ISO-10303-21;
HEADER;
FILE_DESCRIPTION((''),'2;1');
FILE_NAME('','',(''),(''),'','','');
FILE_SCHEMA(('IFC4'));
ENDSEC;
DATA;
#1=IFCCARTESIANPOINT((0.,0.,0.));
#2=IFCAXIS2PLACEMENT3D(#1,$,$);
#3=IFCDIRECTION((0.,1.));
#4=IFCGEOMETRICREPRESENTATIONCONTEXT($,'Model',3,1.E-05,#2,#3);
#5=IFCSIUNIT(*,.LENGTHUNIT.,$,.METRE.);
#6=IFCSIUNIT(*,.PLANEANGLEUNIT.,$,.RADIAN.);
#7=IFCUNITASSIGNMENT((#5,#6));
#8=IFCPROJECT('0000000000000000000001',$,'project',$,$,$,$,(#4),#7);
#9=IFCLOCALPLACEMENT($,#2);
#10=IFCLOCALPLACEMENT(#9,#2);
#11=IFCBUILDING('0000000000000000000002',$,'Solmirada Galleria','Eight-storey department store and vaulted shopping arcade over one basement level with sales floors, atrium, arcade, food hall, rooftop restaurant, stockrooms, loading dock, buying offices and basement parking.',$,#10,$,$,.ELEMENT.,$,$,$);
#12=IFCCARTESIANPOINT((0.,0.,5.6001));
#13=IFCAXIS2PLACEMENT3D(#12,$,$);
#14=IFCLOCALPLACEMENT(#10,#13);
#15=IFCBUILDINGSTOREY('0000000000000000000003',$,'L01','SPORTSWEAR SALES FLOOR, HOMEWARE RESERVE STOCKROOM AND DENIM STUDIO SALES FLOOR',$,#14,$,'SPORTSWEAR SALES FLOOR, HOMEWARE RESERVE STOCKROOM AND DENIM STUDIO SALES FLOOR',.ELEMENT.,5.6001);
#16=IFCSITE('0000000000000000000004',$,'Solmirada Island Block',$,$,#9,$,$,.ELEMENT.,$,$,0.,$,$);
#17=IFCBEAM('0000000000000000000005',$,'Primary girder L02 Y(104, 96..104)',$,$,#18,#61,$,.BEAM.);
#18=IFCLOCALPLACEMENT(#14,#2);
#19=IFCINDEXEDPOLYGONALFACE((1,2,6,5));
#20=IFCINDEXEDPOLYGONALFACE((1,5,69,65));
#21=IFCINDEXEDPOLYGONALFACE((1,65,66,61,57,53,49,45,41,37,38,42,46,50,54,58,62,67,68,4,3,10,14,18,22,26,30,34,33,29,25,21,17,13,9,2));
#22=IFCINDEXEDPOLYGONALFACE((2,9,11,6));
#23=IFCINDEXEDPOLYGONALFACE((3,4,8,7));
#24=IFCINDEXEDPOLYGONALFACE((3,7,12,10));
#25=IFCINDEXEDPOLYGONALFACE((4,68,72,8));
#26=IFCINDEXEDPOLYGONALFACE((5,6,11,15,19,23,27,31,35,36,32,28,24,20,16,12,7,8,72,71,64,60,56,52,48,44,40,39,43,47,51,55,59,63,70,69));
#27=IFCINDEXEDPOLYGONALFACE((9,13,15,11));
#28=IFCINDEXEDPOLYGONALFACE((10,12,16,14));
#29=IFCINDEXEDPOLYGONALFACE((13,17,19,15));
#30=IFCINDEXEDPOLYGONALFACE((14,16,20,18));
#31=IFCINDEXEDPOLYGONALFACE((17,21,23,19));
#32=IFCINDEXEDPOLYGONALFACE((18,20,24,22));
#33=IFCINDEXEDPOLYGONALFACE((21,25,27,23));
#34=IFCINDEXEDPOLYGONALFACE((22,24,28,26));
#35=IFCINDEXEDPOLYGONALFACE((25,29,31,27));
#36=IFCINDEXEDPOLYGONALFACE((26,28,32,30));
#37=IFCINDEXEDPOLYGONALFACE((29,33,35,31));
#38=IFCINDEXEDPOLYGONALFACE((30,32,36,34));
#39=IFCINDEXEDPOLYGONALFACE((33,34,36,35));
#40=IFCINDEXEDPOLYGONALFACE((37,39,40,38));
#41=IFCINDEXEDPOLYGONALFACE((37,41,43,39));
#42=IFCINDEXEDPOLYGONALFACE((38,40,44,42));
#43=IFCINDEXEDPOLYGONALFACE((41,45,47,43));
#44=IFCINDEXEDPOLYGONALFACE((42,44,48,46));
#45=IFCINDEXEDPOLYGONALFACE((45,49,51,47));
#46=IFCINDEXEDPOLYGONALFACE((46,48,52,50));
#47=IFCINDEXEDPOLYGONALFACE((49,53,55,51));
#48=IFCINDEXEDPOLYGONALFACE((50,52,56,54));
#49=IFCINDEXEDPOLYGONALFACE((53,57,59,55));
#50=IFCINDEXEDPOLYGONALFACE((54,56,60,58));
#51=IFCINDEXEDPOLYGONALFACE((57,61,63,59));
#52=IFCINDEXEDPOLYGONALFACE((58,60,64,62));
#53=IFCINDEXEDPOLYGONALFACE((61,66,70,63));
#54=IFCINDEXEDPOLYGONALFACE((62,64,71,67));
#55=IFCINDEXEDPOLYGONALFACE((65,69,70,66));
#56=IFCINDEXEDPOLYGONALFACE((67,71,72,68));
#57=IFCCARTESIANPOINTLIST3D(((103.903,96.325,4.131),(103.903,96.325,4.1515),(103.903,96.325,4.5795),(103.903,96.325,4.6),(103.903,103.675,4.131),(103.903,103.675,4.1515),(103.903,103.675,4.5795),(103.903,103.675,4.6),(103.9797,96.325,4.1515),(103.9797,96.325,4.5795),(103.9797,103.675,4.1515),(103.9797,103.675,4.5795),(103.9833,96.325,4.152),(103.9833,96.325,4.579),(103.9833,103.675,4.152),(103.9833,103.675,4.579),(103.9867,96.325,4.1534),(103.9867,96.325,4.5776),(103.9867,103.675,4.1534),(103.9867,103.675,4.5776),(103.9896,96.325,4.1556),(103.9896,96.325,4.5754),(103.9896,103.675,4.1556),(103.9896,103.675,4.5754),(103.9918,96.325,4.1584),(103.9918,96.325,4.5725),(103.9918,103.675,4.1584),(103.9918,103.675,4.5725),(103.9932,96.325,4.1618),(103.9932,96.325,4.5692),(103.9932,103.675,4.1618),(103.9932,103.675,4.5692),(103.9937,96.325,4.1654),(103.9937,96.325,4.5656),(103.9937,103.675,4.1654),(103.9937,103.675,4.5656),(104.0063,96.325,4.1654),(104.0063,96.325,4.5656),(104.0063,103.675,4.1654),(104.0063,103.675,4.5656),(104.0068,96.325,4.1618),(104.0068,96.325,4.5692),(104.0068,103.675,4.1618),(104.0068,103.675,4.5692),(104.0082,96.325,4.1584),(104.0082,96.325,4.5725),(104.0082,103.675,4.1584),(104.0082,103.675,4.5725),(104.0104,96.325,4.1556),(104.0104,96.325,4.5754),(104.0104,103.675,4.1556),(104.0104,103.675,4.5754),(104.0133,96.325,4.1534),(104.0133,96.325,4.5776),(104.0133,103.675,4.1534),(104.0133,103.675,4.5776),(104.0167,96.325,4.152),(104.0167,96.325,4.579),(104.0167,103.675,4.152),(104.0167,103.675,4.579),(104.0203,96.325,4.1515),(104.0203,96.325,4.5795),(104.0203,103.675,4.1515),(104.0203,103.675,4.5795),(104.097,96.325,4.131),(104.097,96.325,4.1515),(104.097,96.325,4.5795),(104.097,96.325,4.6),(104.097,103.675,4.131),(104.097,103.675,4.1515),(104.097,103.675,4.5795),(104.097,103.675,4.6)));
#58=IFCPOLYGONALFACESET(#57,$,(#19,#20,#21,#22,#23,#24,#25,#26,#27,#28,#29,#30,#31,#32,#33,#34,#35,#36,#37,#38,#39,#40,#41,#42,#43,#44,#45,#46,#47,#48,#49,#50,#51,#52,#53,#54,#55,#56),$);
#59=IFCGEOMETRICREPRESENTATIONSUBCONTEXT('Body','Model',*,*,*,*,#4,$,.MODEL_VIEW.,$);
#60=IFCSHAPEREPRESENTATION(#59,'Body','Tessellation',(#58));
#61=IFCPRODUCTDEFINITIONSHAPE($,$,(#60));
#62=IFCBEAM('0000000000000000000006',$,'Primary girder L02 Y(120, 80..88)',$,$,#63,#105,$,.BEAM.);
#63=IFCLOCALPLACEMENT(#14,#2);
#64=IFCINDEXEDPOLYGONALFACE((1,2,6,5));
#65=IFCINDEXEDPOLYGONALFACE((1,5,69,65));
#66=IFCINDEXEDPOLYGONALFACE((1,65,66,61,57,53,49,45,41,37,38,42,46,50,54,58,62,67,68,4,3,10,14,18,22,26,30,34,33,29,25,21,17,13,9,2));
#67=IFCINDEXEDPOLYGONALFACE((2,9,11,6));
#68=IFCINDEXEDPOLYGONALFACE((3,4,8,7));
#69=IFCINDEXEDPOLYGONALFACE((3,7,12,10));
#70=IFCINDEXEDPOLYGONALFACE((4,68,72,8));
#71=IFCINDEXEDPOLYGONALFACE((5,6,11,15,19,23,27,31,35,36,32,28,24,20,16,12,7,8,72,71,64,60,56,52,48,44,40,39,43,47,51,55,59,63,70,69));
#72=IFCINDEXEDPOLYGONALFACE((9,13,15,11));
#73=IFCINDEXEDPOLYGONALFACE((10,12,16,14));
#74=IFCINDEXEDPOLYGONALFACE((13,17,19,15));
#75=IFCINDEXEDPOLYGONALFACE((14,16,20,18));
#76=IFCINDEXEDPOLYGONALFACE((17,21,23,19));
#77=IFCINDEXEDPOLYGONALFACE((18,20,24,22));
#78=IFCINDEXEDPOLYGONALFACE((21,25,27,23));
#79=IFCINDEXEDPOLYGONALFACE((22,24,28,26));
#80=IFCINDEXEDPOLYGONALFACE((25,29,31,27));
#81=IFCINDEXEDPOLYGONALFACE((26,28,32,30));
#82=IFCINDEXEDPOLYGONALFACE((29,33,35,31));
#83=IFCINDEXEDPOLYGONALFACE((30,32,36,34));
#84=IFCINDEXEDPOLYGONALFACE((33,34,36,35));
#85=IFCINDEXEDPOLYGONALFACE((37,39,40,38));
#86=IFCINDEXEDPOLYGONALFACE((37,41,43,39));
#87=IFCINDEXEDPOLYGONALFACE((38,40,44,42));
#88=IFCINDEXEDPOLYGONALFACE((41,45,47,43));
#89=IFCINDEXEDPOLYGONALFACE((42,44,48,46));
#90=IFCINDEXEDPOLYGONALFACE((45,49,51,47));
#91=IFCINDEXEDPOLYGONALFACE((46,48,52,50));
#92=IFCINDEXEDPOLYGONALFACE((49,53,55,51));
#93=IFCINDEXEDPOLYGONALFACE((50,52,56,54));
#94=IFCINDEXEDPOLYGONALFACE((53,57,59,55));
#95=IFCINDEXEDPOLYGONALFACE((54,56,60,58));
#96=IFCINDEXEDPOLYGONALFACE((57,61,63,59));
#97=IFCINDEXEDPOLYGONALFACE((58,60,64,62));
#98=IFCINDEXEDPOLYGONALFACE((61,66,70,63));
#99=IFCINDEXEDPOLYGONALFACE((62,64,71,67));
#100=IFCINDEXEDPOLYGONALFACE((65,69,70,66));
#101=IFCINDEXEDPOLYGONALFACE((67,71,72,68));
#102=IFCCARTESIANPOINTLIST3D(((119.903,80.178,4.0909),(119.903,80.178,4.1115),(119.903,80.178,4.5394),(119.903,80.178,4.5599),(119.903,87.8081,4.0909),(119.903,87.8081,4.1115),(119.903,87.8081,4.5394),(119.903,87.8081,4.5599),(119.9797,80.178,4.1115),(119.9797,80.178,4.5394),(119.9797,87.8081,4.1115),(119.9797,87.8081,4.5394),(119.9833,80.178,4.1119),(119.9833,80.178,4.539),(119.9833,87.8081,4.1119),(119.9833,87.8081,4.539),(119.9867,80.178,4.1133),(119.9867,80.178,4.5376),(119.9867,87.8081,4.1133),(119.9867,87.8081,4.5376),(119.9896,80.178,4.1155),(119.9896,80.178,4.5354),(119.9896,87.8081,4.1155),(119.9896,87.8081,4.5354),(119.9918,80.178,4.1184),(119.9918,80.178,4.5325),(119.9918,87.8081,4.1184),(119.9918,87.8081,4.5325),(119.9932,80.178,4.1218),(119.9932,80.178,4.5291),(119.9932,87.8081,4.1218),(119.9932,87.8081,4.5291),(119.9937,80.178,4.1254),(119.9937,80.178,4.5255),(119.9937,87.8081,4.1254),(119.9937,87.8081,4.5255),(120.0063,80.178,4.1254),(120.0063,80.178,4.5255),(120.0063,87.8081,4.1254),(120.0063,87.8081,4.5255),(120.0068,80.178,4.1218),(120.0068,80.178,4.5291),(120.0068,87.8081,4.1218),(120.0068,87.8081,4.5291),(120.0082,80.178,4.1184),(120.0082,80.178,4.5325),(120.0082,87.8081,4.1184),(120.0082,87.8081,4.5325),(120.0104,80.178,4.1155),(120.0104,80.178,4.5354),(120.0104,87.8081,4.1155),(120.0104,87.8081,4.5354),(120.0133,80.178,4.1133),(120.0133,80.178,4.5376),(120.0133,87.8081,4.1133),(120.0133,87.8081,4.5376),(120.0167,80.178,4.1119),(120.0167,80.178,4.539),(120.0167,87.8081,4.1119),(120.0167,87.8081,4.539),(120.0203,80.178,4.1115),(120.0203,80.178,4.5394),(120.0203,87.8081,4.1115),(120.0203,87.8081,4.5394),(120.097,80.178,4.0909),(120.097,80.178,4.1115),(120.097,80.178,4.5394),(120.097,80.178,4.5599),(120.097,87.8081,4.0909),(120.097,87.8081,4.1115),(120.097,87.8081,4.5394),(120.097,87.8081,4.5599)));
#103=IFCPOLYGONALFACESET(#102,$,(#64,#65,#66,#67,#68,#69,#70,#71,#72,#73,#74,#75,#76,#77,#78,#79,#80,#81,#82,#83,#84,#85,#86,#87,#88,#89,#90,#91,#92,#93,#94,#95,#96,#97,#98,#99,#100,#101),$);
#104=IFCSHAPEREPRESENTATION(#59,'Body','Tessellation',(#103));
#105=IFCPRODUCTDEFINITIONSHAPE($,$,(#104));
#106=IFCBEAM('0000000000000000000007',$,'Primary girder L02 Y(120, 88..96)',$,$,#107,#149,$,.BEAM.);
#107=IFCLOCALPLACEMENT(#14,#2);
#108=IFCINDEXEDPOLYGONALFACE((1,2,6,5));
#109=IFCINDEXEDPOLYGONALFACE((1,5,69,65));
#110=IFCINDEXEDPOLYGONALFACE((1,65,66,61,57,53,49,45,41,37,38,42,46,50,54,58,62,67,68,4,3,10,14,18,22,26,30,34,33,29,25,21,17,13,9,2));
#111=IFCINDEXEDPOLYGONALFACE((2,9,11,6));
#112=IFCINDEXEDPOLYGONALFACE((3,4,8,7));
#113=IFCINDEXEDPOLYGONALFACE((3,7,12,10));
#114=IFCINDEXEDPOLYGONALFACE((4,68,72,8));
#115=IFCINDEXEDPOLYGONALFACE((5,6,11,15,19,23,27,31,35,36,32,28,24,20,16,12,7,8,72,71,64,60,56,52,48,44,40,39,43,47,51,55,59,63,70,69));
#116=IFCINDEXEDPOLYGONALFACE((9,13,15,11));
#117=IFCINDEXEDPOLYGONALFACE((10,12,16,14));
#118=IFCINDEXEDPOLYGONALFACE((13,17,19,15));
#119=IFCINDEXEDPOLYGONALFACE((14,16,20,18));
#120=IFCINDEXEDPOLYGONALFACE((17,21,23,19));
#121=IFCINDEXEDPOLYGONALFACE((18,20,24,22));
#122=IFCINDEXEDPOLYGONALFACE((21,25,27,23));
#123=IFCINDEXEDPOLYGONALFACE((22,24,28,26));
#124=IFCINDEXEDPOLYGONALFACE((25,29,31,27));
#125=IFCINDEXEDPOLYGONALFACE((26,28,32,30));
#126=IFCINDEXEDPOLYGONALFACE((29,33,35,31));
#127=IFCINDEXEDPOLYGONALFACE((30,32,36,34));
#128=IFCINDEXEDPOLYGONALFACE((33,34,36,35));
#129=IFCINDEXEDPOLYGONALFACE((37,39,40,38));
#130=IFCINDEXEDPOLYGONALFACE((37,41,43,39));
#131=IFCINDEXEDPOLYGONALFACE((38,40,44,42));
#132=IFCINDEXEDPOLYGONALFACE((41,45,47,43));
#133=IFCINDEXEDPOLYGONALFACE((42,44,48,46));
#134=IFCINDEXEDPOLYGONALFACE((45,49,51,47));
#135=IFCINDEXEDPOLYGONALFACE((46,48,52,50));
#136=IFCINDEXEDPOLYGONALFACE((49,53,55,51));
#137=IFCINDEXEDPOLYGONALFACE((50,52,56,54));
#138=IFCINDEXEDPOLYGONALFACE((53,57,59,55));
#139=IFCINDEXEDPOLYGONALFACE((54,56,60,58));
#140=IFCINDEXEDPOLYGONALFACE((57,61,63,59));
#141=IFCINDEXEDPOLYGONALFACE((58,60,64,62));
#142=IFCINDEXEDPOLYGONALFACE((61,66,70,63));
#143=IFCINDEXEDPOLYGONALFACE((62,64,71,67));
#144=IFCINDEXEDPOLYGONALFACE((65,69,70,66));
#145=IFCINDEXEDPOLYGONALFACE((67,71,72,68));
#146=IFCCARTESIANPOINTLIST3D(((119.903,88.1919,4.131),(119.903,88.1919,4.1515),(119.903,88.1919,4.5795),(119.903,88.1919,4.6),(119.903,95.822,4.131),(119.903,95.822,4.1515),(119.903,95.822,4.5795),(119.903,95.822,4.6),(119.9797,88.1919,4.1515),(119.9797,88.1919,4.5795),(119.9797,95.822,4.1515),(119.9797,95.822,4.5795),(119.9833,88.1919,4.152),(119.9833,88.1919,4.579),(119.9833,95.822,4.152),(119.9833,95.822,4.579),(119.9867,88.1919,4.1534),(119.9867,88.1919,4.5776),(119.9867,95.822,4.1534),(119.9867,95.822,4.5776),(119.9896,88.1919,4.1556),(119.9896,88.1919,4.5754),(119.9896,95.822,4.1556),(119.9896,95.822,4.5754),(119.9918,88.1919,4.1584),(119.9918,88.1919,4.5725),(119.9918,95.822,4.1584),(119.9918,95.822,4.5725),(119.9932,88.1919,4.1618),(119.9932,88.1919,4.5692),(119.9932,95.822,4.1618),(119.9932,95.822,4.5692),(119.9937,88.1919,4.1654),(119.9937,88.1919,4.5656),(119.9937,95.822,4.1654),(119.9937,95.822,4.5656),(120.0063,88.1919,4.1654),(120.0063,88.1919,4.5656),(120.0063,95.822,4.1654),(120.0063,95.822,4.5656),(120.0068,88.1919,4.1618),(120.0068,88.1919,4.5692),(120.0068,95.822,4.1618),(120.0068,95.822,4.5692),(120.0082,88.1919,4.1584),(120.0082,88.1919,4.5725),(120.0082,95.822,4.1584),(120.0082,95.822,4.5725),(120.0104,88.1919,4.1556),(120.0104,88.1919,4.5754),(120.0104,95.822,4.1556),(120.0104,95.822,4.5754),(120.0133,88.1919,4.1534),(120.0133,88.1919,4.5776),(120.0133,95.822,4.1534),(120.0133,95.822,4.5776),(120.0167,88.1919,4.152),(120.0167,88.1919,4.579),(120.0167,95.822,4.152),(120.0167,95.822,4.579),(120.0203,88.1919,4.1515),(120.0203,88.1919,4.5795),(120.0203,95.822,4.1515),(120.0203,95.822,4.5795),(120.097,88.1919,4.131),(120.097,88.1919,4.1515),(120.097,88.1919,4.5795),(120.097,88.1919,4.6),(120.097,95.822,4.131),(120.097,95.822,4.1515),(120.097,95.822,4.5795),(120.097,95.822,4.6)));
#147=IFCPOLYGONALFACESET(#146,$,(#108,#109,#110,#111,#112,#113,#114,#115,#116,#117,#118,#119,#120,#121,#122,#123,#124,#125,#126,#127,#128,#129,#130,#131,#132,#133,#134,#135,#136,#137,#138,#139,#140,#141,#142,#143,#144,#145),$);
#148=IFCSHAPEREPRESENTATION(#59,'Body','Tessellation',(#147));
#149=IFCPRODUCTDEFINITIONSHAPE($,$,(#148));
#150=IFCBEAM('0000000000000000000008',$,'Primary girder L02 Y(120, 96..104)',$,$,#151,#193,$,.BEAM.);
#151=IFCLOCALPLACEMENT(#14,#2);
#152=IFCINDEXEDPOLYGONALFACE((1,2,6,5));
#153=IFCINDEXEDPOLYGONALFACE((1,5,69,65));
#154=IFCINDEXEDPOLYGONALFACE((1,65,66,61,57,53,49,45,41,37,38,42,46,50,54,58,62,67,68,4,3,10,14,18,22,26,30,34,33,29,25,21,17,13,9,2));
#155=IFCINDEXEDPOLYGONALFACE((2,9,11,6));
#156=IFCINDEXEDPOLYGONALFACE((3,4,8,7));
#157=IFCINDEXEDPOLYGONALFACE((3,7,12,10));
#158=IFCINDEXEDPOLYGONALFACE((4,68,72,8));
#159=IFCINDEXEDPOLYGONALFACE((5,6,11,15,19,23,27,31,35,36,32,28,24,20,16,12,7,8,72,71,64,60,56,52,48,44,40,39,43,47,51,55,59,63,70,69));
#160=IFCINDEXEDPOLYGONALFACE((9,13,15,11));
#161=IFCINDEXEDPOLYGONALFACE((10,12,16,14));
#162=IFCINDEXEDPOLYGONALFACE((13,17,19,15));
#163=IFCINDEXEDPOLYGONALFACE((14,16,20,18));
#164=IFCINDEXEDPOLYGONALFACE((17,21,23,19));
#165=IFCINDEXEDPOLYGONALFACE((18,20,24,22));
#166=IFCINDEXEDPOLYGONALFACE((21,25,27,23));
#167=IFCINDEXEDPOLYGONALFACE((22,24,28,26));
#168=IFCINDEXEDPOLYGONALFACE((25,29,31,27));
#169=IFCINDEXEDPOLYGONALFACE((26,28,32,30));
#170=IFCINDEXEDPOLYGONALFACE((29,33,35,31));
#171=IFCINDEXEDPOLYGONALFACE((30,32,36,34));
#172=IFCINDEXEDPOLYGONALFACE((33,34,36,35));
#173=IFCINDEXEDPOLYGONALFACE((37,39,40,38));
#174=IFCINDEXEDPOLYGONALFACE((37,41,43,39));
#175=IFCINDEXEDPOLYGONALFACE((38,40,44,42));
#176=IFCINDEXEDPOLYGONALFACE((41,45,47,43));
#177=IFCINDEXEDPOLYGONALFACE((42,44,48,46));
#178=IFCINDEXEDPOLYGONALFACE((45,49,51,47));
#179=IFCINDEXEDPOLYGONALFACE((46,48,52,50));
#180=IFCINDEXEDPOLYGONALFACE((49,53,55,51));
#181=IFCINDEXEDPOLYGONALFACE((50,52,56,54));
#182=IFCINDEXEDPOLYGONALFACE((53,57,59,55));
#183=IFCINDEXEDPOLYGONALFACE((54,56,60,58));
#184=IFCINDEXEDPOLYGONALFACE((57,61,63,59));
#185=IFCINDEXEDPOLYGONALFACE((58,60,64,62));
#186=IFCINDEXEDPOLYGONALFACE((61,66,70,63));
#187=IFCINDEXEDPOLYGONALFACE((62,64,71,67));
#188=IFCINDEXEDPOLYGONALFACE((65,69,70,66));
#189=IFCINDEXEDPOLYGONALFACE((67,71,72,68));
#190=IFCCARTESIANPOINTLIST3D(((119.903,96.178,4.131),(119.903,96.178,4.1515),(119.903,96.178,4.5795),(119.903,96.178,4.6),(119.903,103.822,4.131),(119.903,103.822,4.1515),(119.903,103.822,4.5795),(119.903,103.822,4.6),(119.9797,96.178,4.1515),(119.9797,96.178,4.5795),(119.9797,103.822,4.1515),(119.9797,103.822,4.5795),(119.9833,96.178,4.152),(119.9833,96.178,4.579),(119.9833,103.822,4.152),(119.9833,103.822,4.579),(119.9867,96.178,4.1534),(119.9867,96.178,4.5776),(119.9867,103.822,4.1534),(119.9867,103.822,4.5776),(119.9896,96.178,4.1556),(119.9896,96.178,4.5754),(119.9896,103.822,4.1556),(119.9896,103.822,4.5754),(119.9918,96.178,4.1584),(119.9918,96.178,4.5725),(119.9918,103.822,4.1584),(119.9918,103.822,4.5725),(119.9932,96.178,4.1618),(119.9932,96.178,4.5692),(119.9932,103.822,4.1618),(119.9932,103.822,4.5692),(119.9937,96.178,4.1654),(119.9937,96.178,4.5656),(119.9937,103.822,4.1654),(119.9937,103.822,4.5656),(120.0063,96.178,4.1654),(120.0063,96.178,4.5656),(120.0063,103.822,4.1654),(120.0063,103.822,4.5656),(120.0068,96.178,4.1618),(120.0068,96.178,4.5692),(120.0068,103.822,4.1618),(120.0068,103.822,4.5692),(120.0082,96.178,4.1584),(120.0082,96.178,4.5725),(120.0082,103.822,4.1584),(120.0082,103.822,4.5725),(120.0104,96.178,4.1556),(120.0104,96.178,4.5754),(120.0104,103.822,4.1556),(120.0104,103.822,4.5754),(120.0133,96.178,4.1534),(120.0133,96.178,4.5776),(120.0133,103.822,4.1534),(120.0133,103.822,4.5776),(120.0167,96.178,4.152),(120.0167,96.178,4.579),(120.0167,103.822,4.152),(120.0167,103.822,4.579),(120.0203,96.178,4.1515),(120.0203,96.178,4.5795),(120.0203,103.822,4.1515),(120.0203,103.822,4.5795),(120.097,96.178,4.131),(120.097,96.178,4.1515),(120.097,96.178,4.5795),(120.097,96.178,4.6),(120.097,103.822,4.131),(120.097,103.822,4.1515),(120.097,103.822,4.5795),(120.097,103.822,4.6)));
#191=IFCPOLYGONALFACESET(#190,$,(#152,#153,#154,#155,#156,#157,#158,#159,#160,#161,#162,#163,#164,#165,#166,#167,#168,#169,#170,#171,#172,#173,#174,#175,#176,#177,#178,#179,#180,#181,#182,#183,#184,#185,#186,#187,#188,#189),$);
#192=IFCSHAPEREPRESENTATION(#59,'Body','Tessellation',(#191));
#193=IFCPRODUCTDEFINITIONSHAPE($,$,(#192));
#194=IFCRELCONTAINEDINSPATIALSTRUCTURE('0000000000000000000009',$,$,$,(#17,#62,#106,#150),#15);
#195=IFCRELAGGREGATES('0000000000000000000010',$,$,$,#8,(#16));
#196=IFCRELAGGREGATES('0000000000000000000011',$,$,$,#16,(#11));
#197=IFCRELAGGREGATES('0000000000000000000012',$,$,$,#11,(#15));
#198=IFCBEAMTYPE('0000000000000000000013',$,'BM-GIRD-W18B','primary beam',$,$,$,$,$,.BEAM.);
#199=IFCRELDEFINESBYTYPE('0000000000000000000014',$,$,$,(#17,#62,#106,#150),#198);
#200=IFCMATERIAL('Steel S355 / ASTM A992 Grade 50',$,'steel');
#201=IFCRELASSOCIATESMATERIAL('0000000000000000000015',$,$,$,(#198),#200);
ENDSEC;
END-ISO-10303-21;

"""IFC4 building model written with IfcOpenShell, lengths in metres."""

from ifc_helpers import new_model, si_unit, direction, frame, origin, origin_2d, place, context, subcontext, project, spatial, i_section, extrude, material, material_profile, profile_set, type_object, element, save


model = new_model("IFC4")

# Units and contexts
model_context = context("Model", 3, precision=1e-05, world=origin(), true_north=direction((0.0, 1.0)))
body_context = subcontext(model_context, "Body", "Model", "MODEL_VIEW")
ifc_project = project(units=[si_unit("LENGTHUNIT", "METRE"), si_unit("PLANEANGLEUNIT", "RADIAN")], contexts=[model_context])

# Site, building, storey
site_placement = place(None, origin())
site = spatial("IfcSite", under=ifc_project, at=site_placement, Name="Solmirada Island Block", CompositionType="ELEMENT", RefElevation=0.0)
building_placement = place(site_placement, origin())
building = spatial("IfcBuilding", under=site, at=building_placement, Name="Solmirada Galleria", Description="Eight-storey department store and vaulted shopping arcade over one basement level with sales floors, atrium, arcade, food hall, rooftop restaurant, stockrooms, loading dock, buying offices and basement parking.", CompositionType="ELEMENT")
storey_placement = place(building_placement, frame((0.0, 0.0, 5.6001)))
storey = spatial("IfcBuildingStorey", under=building, at=storey_placement, Name="L01", Description="SPORTSWEAR SALES FLOOR, HOMEWARE RESERVE STOCKROOM AND DENIM STUDIO SALES FLOOR", LongName="SPORTSWEAR SALES FLOOR, HOMEWARE RESERVE STOCKROOM AND DENIM STUDIO SALES FLOOR", CompositionType="ELEMENT", Elevation=5.6001)

# Beams
ifc_material_1 = material(Name="Steel S355 / ASTM A992 Grade 50", Category="steel")
ifc_material_profile_1 = material_profile(ifc_material_1, i_section(OverallWidth=0.1941, OverallDepth=0.469, WebThickness=0.0127, FlangeThickness=0.0205, FilletRadius=0.0139, at=origin_2d()), Name="W18X71")
ifc_profile_set_1 = profile_set([ifc_material_profile_1], Name="Steel S355 / ASTM A992 Grade 50")
beam_type_1 = type_object("IfcBeamType", Name="BM-GIRD-W18B", Description="primary beam", PredefinedType="BEAM", material=ifc_profile_set_1)
beam_1_placement = place(storey_placement, frame((104.0, 96.325, 4.3655), z_axis=(0.0, 1.0, 0.0), x_axis=(-1.0, 0.0, 0.0)))
element("IfcBeam", 1, at=beam_1_placement, inside=storey, type_object=beam_type_1, Name="Primary girder L02 Y(104, 96..104)", PredefinedType="BEAM", context=body_context, shape_type="SweptSolid", body=[
    extrude(i_section(OverallWidth=0.1941, OverallDepth=0.469, WebThickness=0.0127, FlangeThickness=0.0205, FilletRadius=0.0139, at=origin_2d()), origin(), (0.0, 0.0, 1.0), 7.3501),
])
for number, where, z_axis, x_axis, name in (
    (2, (120.0, 80.178, 4.3254), (0.0, 1.0, 0.0), (-1.0, 0.0, 0.0), "Primary girder L02 Y(120, 80..88)"),
    (3, (120.0, 88.1919, 4.3655), (0.0, 1.0, 0.0), (-1.0, 0.0, 0.0), "Primary girder L02 Y(120, 88..96)"),
):
    element("IfcBeam", number, at=place(storey_placement, frame(where, z_axis=z_axis, x_axis=x_axis)), inside=storey, type_object=beam_type_1, Name=name, PredefinedType="BEAM", context=body_context, shape_type="SweptSolid", body=[
        extrude(i_section(OverallWidth=0.1941, OverallDepth=0.469, WebThickness=0.0127, FlangeThickness=0.0205, FilletRadius=0.0139, at=origin_2d()), origin(), (0.0, 0.0, 1.0), 7.6301),
    ])
beam_2_placement = place(storey_placement, frame((120.0, 96.178, 4.3655), z_axis=(0.0, 1.0, 0.0), x_axis=(-1.0, 0.0, 0.0)))
element("IfcBeam", 4, at=beam_2_placement, inside=storey, type_object=beam_type_1, Name="Primary girder L02 Y(120, 96..104)", PredefinedType="BEAM", context=body_context, shape_type="SweptSolid", body=[
    extrude(i_section(OverallWidth=0.1941, OverallDepth=0.469, WebThickness=0.0127, FlangeThickness=0.0205, FilletRadius=0.0139, at=origin_2d()), origin(), (0.0, 0.0, 1.0), 7.644),
])

save(model, "model.ifc")
